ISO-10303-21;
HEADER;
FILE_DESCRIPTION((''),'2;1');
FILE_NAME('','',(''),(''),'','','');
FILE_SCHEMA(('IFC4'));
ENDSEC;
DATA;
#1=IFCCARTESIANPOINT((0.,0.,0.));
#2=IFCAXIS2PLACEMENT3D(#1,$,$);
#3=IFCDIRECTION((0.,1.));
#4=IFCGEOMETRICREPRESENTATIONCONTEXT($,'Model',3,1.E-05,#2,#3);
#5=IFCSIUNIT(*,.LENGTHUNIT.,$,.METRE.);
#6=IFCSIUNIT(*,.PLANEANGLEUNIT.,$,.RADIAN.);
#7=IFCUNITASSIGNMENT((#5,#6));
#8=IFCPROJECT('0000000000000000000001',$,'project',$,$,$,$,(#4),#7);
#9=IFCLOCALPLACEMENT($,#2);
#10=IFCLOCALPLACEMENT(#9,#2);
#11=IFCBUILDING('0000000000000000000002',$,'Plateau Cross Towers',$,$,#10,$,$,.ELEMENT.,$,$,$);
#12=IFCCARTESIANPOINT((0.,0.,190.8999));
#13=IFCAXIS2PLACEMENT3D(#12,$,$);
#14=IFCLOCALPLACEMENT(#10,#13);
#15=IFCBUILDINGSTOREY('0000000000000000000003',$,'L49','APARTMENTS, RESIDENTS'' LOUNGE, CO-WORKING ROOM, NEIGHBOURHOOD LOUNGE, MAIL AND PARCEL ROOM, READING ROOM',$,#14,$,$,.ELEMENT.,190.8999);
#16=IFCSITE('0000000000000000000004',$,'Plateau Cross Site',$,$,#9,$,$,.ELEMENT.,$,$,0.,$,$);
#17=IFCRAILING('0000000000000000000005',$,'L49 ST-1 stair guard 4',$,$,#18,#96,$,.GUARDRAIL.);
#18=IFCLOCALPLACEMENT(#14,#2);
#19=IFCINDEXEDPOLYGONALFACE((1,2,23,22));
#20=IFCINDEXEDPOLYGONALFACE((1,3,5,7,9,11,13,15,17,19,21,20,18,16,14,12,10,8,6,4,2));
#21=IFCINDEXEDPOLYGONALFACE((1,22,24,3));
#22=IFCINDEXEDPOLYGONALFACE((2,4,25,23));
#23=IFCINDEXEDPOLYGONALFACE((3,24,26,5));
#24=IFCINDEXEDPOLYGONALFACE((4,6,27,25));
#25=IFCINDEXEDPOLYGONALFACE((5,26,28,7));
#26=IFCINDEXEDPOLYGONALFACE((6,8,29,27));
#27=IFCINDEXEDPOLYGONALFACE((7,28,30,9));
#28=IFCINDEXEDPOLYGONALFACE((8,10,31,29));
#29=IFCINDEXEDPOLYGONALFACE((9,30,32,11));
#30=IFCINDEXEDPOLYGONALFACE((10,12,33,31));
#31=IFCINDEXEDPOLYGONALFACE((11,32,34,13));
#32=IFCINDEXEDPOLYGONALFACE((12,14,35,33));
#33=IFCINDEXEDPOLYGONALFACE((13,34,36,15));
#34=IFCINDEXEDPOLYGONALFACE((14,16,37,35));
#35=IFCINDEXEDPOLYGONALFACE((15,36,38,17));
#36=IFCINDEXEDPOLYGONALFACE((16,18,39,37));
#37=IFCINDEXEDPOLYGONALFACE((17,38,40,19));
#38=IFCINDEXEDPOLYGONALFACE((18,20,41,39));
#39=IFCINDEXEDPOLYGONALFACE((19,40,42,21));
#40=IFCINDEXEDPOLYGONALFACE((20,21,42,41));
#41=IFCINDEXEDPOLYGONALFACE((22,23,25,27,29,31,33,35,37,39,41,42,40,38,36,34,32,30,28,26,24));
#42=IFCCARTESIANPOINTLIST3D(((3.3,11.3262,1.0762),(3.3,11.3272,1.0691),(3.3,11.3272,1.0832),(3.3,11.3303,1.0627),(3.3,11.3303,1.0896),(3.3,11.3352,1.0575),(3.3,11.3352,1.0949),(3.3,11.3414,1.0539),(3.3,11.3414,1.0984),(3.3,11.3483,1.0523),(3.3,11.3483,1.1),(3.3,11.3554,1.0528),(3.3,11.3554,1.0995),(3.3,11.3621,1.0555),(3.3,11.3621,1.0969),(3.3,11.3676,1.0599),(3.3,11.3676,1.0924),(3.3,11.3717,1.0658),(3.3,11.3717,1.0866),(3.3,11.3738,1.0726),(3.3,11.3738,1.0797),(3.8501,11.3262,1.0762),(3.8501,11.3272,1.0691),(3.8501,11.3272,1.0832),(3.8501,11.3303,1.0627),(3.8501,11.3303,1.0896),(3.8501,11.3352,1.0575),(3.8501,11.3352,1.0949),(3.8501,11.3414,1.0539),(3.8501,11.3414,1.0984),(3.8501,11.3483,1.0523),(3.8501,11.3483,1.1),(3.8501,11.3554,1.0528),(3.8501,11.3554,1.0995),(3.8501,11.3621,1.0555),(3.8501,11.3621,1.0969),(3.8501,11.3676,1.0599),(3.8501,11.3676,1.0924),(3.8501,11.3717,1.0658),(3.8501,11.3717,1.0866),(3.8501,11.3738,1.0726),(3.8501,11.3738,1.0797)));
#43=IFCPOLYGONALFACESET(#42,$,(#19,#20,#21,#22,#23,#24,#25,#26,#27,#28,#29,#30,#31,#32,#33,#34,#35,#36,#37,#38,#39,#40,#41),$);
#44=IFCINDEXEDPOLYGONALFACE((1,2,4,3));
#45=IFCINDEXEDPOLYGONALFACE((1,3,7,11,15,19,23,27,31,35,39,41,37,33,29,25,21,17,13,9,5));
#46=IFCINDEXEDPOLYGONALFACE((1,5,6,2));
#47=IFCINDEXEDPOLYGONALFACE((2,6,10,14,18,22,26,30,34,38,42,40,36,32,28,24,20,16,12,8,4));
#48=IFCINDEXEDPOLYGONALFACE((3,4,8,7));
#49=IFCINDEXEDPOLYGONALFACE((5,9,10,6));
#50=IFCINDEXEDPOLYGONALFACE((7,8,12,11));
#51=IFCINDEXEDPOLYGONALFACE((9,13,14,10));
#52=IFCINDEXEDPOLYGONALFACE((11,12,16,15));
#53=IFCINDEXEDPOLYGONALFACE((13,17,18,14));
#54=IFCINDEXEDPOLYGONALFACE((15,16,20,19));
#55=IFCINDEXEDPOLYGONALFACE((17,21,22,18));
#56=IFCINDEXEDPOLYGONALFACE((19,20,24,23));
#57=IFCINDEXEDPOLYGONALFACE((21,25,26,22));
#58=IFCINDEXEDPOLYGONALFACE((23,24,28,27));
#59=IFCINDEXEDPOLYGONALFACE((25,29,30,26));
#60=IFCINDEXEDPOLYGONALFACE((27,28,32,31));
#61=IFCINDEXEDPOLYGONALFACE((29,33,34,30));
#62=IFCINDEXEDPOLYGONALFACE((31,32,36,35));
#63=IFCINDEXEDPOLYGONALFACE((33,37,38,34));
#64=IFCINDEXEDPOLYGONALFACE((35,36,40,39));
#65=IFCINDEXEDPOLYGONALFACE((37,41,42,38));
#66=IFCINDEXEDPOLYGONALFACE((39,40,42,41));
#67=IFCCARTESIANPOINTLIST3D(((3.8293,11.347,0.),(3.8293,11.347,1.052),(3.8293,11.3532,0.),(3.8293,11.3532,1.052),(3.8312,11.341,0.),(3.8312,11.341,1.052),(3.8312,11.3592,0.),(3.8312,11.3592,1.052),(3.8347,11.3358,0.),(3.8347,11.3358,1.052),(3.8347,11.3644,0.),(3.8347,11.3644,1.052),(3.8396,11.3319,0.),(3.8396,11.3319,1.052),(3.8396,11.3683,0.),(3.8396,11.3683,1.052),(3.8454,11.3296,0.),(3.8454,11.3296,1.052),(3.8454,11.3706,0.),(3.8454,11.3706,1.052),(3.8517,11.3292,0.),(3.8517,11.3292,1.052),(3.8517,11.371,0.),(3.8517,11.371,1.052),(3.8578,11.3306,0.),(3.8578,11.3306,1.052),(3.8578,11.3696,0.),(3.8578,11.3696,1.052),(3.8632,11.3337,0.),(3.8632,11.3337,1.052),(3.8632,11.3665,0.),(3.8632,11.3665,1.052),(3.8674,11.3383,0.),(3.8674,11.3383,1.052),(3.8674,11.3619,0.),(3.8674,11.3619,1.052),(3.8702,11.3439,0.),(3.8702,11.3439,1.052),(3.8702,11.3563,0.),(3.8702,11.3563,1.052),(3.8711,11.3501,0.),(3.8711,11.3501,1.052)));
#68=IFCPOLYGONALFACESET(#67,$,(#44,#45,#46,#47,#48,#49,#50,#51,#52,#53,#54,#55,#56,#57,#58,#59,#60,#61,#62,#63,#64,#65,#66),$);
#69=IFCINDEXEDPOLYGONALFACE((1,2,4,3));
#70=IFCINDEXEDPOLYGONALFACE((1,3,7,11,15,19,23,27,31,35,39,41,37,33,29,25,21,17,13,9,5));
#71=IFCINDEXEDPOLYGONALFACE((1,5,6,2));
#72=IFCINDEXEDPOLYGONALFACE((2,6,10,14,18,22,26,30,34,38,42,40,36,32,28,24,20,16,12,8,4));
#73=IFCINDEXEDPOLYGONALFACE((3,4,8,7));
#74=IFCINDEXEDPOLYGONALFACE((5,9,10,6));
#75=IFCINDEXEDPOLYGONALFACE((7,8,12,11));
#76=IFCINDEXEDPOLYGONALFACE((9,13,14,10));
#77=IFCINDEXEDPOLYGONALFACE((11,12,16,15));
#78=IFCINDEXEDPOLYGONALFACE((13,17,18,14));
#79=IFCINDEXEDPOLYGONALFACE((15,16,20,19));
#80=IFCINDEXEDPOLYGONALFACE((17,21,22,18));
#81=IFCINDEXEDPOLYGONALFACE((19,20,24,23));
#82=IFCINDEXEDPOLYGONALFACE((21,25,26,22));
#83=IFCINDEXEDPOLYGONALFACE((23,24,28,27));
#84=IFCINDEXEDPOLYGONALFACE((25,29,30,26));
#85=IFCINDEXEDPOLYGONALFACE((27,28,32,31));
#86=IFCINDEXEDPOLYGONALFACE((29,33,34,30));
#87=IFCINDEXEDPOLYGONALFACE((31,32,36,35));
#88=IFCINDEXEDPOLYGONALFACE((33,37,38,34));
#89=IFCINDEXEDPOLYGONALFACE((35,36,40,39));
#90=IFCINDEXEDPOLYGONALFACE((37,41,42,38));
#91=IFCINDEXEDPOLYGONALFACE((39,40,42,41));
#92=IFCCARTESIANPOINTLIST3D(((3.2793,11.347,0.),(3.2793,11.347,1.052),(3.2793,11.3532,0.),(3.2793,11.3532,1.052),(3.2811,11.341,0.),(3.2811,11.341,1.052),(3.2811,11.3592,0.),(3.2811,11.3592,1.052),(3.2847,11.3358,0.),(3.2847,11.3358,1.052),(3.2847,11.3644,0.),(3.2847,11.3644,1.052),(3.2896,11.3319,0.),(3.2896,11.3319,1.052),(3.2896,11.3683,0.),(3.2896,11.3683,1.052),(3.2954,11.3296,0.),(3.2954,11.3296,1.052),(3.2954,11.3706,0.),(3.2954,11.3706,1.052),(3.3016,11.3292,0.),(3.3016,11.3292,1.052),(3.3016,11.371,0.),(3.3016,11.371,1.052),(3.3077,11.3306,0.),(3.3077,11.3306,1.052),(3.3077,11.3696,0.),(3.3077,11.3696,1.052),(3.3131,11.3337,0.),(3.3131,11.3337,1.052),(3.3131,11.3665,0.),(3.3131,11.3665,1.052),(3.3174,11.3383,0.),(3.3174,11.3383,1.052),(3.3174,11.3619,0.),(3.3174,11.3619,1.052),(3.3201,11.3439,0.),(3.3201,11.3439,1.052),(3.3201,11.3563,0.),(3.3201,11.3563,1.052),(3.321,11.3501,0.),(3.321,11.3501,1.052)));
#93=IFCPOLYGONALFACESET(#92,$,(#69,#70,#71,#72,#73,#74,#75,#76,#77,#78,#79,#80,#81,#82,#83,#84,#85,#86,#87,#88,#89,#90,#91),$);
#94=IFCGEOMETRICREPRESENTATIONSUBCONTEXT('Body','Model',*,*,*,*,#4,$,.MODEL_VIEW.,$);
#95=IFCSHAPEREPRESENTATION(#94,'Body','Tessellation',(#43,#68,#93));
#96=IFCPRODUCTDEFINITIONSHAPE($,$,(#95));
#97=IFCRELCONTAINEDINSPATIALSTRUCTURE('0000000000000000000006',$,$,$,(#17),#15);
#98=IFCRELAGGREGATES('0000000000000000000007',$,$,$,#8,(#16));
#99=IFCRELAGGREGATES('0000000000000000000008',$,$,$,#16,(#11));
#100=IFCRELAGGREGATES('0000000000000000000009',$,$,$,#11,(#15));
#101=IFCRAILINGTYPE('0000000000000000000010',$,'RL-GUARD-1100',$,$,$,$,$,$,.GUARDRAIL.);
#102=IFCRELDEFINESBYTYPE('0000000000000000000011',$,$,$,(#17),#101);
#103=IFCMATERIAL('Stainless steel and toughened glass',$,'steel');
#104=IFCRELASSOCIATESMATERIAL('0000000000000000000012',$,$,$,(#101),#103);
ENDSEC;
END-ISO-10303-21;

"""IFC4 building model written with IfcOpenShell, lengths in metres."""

from ifc_helpers import new_model, si_unit, direction, frame, origin, origin_2d, place, context, subcontext, project, spatial, circle, extrude, material, type_object, element, save


model = new_model("IFC4")

# Units and contexts
model_context = context("Model", 3, precision=1e-05, world=origin(), true_north=direction((0.0, 1.0)))
body_context = subcontext(model_context, "Body", "Model", "MODEL_VIEW")
ifc_project = project(units=[si_unit("LENGTHUNIT", "METRE"), si_unit("PLANEANGLEUNIT", "RADIAN")], contexts=[model_context])

# Site, building, storey
site_placement = place(None, origin())
site = spatial("IfcSite", under=ifc_project, at=site_placement, Name="Plateau Cross Site", CompositionType="ELEMENT", RefElevation=0.0)
building_placement = place(site_placement, origin())
building = spatial("IfcBuilding", under=site, at=building_placement, Name="Plateau Cross Towers", CompositionType="ELEMENT")
storey_placement = place(building_placement, frame((0.0, 0.0, 190.8999)))
storey = spatial("IfcBuildingStorey", under=building, at=storey_placement, Name="L49", Description="APARTMENTS, RESIDENTS' LOUNGE, CO-WORKING ROOM, NEIGHBOURHOOD LOUNGE, MAIL AND PARCEL ROOM, READING ROOM", CompositionType="ELEMENT", Elevation=190.8999)

# Railing
ifc_material_1 = material(Name="Stainless steel and toughened glass", Category="steel")
railing_type_1 = type_object("IfcRailingType", Name="RL-GUARD-1100", PredefinedType="GUARDRAIL", material=ifc_material_1)
railing_1_placement = place(storey_placement, frame((3.8501, 11.3501, 0.0)))
element("IfcRailing", 1, at=railing_1_placement, inside=storey, type_object=railing_type_1, Name="L49 ST-1 stair guard 4", PredefinedType="GUARDRAIL", context=body_context, shape_type="SweptSolid", body=[
    extrude(circle(Radius=0.0239, at=origin_2d()), frame((0.0, 0.0, 1.0762), z_axis=(-1.0, 0.0, 0.0), x_axis=(0.0, -1.0, 0.0)), (0.0, 0.0, 1.0), 0.55),
    extrude(circle(Radius=0.021, at=origin_2d()), origin(), (0.0, 0.0, 1.0), 1.052),
    extrude(circle(Radius=0.021, at=origin_2d()), frame((-0.55, 0.0, 0.0)), (0.0, 0.0, 1.0), 1.052),
])

save(model, "model.ifc")
